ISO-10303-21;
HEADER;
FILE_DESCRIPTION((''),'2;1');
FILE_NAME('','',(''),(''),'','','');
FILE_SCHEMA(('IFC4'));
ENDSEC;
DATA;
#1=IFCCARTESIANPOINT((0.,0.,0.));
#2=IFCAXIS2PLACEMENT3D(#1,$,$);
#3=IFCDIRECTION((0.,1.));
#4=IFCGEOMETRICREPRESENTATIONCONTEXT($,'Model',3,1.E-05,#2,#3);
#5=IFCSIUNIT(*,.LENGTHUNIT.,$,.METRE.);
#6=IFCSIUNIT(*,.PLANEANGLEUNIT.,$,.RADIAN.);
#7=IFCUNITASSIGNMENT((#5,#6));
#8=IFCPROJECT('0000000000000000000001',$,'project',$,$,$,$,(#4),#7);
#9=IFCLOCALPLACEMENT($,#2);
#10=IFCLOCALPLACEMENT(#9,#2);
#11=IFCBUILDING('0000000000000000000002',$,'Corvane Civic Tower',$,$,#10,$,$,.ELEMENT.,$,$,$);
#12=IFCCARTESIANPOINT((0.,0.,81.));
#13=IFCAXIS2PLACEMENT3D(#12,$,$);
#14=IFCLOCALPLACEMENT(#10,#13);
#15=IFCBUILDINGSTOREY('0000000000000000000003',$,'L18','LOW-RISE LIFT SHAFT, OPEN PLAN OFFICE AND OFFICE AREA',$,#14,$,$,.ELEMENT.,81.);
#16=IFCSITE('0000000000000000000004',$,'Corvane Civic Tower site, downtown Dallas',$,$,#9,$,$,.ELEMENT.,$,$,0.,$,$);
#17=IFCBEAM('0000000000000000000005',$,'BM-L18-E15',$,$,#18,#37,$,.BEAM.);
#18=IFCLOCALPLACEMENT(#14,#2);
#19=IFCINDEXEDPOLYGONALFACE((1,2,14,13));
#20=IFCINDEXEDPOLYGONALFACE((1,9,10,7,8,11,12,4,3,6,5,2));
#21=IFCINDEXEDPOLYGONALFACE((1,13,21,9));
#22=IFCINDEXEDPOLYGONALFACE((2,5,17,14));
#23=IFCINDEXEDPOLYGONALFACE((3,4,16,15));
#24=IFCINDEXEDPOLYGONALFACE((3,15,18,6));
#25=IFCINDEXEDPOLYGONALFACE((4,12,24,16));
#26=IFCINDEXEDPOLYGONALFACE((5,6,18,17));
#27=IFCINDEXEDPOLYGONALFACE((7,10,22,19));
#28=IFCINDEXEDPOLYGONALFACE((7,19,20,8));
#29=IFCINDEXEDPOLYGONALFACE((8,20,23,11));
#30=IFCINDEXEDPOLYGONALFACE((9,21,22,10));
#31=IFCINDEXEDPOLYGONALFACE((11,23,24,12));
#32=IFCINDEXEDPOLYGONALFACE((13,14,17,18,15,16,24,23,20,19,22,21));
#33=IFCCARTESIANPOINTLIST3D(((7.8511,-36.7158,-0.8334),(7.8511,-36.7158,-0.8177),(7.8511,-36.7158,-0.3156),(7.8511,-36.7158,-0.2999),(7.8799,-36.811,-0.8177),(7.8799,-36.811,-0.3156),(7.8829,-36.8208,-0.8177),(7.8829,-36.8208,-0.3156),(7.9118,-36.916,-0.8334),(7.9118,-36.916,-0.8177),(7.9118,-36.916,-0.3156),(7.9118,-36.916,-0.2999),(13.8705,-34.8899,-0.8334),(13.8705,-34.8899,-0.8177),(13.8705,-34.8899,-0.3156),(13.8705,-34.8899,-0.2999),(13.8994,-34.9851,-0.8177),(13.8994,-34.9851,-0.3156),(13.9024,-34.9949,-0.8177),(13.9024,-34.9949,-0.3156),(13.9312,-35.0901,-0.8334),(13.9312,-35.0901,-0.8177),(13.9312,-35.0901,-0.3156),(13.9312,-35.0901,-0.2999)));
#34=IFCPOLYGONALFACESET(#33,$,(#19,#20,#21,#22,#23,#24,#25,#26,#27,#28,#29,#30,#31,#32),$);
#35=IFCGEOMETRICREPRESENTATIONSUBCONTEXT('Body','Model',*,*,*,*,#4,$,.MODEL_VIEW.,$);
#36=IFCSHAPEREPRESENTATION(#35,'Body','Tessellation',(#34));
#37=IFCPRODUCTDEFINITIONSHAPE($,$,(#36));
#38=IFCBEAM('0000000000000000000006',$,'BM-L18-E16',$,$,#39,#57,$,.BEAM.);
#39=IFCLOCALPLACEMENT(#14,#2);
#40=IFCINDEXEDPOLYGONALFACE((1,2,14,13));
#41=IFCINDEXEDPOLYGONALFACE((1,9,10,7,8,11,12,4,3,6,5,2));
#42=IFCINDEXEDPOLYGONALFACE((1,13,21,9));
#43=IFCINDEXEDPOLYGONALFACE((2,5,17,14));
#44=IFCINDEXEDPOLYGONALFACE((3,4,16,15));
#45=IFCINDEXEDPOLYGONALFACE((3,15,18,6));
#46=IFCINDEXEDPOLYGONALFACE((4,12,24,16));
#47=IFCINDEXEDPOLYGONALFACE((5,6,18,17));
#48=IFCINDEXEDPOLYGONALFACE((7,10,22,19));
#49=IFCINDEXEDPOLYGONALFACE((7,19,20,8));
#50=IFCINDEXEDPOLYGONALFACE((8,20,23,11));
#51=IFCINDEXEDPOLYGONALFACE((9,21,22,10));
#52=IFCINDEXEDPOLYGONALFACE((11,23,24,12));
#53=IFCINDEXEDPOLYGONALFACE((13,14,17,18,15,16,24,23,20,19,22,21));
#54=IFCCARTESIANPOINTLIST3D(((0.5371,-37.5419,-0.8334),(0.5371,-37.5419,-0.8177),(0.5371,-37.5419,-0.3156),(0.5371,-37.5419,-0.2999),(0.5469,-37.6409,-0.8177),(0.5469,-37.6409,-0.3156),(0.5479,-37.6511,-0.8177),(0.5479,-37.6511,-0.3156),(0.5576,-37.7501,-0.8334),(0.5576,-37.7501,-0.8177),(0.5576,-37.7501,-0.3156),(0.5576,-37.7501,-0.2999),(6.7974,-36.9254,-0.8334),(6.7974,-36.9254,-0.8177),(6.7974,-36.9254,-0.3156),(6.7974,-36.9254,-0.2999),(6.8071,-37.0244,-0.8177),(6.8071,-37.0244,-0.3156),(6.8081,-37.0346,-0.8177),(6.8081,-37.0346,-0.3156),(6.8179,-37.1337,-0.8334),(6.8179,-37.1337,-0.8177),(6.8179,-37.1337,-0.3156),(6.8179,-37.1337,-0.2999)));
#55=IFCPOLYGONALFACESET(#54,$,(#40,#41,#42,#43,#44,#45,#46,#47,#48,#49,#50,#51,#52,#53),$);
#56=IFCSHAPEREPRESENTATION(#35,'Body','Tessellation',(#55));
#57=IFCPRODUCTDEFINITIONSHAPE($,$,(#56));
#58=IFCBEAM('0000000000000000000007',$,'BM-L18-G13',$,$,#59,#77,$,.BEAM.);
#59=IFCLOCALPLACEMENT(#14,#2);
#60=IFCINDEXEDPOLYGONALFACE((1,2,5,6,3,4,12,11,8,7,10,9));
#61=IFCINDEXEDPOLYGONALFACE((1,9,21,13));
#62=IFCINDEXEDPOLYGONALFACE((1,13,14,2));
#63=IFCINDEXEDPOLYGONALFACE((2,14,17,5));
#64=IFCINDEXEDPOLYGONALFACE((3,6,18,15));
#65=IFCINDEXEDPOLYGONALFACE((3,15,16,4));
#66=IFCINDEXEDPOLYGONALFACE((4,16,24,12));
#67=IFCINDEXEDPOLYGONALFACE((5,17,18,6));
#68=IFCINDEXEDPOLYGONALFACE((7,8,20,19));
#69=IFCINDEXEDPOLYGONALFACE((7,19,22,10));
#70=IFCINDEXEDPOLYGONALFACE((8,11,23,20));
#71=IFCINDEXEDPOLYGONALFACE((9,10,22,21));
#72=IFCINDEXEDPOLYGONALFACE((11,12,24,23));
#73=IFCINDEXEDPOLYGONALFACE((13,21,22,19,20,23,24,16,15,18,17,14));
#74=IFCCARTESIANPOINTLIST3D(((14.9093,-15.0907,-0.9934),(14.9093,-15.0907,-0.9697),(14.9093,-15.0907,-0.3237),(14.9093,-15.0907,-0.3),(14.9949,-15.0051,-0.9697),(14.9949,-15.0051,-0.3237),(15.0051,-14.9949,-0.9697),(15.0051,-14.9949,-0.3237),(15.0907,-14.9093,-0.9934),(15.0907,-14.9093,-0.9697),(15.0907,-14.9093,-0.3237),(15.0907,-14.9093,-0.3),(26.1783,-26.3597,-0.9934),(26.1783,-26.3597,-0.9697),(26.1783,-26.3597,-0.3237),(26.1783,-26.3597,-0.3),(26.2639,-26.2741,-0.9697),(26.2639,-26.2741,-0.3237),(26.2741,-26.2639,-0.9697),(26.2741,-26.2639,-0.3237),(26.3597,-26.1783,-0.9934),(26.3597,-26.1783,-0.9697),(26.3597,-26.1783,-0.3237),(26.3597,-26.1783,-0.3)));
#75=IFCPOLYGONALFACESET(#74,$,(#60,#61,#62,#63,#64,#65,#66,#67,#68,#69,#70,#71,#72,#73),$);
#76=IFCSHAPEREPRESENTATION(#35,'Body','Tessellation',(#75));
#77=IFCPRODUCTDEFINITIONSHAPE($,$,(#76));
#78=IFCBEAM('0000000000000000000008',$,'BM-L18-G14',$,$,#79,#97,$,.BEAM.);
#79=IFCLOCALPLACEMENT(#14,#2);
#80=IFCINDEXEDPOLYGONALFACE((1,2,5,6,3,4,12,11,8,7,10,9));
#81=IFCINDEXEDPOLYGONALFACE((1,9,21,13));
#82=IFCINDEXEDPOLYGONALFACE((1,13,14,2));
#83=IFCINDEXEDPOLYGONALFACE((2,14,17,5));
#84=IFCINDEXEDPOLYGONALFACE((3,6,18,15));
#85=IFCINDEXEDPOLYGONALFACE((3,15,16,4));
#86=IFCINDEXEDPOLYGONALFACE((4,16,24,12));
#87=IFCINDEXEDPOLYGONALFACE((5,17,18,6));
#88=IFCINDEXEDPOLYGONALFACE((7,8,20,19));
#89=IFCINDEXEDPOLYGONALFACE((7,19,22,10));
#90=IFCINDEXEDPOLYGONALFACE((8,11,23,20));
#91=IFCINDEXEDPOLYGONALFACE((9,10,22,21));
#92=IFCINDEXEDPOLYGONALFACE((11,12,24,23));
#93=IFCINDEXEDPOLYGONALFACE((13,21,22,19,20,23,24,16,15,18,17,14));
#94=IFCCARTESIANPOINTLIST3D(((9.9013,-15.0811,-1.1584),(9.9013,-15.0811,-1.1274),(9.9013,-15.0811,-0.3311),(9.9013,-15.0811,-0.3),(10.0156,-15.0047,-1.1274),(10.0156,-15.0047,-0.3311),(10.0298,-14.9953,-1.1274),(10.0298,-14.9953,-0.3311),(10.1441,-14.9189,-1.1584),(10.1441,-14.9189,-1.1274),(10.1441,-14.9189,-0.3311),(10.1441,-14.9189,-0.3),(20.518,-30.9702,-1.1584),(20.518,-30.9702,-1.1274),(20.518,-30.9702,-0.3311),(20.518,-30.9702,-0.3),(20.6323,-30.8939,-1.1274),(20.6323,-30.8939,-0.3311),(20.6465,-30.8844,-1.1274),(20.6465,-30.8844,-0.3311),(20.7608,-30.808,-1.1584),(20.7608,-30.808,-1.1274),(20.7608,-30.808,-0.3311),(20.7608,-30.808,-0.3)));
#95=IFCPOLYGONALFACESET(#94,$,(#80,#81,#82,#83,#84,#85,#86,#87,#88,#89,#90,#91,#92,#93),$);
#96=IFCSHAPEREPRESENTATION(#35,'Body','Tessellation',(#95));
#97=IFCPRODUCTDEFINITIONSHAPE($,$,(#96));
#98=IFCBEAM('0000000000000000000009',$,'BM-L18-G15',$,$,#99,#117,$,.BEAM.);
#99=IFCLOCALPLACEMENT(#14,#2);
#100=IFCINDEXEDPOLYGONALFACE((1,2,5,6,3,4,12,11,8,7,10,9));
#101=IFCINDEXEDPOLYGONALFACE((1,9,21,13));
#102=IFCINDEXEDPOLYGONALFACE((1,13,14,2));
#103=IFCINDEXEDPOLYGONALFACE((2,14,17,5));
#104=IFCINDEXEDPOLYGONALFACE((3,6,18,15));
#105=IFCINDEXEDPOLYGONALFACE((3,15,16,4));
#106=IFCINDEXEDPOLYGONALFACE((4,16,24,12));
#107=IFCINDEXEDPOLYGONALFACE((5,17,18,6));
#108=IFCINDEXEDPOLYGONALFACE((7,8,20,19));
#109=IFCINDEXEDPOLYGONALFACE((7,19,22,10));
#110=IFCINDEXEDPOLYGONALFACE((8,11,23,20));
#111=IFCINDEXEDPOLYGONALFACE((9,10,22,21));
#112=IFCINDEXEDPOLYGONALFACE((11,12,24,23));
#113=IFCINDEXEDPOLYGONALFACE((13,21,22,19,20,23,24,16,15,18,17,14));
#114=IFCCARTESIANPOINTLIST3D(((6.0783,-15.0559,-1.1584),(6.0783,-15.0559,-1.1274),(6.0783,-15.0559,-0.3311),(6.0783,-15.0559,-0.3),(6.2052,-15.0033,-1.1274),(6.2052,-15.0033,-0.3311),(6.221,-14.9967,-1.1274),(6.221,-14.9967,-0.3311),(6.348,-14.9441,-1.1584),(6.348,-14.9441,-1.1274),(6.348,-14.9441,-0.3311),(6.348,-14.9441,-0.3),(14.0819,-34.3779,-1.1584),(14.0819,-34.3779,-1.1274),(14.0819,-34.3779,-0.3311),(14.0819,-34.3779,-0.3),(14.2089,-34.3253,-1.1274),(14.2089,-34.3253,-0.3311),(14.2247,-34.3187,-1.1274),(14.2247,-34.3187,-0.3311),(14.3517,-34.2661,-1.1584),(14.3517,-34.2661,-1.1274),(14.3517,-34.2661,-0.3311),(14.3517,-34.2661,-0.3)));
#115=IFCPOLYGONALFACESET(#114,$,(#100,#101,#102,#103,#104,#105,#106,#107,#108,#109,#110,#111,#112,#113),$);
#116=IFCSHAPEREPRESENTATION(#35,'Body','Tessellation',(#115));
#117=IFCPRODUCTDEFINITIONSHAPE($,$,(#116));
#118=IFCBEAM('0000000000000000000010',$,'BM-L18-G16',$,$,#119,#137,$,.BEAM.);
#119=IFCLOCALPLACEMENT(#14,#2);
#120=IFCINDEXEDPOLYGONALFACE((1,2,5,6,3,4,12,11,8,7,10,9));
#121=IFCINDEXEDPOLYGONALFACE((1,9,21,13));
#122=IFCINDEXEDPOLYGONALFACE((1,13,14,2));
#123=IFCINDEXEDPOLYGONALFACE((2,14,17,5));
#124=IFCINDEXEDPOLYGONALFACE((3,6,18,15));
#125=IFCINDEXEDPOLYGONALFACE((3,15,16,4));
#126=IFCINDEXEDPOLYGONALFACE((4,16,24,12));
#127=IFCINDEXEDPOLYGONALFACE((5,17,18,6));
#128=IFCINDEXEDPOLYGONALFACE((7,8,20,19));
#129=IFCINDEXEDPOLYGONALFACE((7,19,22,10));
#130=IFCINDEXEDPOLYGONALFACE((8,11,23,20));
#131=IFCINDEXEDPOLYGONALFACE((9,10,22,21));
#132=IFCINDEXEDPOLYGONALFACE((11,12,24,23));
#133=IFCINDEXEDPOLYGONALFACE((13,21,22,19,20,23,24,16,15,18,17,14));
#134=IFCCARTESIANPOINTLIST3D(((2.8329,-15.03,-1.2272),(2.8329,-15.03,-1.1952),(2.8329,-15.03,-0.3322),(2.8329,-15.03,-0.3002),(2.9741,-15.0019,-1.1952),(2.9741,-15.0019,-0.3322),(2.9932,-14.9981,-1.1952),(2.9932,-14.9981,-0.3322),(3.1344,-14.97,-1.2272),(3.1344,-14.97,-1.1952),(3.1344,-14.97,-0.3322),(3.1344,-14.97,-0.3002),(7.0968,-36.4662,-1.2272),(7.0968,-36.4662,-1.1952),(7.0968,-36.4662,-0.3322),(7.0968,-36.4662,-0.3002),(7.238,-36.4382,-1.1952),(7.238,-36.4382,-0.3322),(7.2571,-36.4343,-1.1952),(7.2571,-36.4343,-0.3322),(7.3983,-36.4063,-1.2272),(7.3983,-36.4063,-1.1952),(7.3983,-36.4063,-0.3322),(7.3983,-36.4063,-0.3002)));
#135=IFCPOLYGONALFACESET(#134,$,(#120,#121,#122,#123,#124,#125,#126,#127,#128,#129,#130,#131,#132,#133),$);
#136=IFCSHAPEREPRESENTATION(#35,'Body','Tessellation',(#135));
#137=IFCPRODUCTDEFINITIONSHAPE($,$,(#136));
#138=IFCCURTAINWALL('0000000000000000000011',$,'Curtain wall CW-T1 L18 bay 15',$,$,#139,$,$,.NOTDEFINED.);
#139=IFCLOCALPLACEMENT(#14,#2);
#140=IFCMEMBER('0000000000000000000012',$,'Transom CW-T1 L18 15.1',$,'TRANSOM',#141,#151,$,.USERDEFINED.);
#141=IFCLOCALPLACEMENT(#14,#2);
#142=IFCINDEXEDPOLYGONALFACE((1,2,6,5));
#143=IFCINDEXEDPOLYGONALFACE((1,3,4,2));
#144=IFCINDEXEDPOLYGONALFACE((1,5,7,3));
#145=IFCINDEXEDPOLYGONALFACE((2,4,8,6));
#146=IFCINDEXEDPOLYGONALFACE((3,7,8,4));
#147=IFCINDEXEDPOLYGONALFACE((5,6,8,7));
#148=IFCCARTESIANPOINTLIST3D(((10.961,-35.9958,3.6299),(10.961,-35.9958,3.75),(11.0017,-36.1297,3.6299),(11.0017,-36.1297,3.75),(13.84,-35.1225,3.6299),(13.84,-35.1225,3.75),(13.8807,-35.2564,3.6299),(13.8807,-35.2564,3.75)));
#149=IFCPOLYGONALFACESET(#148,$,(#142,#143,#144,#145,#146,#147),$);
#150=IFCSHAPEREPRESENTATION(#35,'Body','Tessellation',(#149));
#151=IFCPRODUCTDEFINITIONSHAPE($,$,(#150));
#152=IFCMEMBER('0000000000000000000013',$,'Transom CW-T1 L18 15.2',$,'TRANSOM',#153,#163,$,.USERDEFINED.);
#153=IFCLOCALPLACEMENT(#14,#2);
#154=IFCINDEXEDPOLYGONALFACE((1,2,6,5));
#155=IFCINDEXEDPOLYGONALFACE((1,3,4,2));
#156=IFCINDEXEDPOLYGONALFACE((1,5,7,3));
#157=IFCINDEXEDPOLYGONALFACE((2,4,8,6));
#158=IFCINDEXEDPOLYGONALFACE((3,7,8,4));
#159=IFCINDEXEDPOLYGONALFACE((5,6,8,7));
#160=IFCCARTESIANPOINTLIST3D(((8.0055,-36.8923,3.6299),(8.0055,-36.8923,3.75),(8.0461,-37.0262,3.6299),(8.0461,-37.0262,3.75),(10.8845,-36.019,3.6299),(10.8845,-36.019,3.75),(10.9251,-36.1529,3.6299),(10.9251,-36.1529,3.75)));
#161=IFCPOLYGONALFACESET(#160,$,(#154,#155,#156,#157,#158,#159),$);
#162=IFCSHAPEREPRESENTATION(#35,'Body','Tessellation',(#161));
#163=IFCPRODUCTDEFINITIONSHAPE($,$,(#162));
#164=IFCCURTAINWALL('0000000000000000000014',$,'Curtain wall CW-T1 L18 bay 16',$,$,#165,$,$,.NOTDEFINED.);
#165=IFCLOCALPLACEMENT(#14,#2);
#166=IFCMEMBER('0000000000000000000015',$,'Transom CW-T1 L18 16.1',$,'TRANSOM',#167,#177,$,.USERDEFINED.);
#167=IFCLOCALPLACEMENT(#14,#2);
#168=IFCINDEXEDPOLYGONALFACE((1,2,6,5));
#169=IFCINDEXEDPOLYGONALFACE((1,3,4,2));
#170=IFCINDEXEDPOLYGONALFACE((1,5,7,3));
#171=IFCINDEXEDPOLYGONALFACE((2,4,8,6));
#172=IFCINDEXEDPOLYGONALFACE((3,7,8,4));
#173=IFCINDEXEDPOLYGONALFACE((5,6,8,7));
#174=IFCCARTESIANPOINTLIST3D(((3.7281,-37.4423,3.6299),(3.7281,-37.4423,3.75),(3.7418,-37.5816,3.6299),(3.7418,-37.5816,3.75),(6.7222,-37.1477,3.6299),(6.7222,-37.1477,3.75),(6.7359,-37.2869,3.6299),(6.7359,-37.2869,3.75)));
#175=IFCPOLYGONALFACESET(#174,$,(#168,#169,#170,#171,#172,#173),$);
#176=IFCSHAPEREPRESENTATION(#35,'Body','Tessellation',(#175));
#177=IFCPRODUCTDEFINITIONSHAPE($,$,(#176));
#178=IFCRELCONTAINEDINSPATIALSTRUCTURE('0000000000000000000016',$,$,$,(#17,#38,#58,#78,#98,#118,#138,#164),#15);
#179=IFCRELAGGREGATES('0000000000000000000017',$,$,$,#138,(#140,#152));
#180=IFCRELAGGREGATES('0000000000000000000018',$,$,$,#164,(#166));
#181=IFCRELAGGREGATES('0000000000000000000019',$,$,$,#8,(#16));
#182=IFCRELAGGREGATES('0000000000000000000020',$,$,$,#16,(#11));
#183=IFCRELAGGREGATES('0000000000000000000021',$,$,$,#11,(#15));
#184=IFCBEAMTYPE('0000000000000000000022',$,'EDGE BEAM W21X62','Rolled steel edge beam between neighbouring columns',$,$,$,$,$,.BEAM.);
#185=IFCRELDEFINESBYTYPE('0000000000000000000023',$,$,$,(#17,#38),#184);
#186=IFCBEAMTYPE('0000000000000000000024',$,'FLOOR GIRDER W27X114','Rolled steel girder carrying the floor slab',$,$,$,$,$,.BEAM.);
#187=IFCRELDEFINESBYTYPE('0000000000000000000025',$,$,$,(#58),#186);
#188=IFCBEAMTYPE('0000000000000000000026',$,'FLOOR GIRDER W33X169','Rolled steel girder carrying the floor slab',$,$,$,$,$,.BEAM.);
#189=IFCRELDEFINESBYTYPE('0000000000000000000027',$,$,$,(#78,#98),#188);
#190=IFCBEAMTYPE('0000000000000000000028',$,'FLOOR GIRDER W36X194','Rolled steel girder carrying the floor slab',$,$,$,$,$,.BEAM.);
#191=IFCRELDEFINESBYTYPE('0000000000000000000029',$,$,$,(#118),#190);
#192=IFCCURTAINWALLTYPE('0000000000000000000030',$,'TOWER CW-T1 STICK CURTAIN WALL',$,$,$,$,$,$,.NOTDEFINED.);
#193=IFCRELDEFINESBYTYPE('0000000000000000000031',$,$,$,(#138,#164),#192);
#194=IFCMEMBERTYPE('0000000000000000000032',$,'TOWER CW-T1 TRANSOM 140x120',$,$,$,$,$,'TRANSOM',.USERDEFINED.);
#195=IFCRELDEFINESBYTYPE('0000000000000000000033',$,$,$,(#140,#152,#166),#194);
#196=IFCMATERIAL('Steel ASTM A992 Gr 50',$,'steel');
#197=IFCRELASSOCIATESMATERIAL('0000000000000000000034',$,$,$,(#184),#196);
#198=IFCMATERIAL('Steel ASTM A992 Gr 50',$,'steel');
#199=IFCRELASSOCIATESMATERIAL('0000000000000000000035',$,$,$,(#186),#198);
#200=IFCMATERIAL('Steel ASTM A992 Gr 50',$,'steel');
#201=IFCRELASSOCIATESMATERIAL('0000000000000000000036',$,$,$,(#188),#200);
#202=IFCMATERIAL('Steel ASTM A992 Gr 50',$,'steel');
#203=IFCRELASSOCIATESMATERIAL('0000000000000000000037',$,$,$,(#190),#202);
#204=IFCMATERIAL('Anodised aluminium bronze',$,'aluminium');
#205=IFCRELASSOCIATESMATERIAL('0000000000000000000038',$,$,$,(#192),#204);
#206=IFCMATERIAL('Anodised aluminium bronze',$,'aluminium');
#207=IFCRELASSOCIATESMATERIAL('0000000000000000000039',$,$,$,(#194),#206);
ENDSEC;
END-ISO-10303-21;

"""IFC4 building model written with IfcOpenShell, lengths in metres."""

from ifc_helpers import new_model, si_unit, direction, frame, origin, origin_2d, place, context, subcontext, project, spatial, rectangle, i_section, extrude, material, material_profile, profile_set, type_object, element, aggregate, save


model = new_model("IFC4")

# Units and contexts
model_context = context("Model", 3, precision=1e-05, world=origin(), true_north=direction((0.0, 1.0)))
body_context = subcontext(model_context, "Body", "Model", "MODEL_VIEW")
ifc_project = project(units=[si_unit("LENGTHUNIT", "METRE"), si_unit("PLANEANGLEUNIT", "RADIAN")], contexts=[model_context])

# Site, building, storey
site_placement = place(None, origin())
site = spatial("IfcSite", under=ifc_project, at=site_placement, Name="Corvane Civic Tower site, downtown Dallas", CompositionType="ELEMENT", RefElevation=0.0)
building_placement = place(site_placement, origin())
building = spatial("IfcBuilding", under=site, at=building_placement, Name="Corvane Civic Tower", CompositionType="ELEMENT")
storey_placement = place(building_placement, frame((0.0, 0.0, 81.0)))
storey = spatial("IfcBuildingStorey", under=building, at=storey_placement, Name="L18", Description="LOW-RISE LIFT SHAFT, OPEN PLAN OFFICE AND OFFICE AREA", CompositionType="ELEMENT", Elevation=81.0)

# Beams
ifc_material_1 = material(Name="Steel ASTM A992 Gr 50", Category="steel")
ifc_material_profile_1 = material_profile(ifc_material_1, i_section(OverallWidth=0.2092, OverallDepth=0.5334, WebThickness=0.0103, FlangeThickness=0.0156, at=origin_2d()), Name="W21X62")
ifc_profile_set_1 = profile_set([ifc_material_profile_1], Name="Steel ASTM A992 Gr 50")
beam_type_1 = type_object("IfcBeamType", Name="EDGE BEAM W21X62", Description="Rolled steel edge beam between neighbouring columns", PredefinedType="BEAM", material=ifc_profile_set_1)
beam_1_placement = place(storey_placement, frame((13.9009, -34.99, -0.5667), z_axis=(-0.956944, -0.290273, 0.0), x_axis=(0.290273, -0.956944, 0.0)))
element("IfcBeam", 1, at=beam_1_placement, inside=storey, type_object=beam_type_1, Name="BM-L18-E15", PredefinedType="BEAM", context=body_context, shape_type="SweptSolid", body=[
    extrude(i_section(OverallWidth=0.2092, OverallDepth=0.5334, WebThickness=0.0103, FlangeThickness=0.0156, at=origin_2d()), origin(), (0.0, 0.0, 1.0), 6.2903),
])
beam_2_placement = place(storey_placement, frame((6.8076, -37.0295, -0.5667), z_axis=(-0.995187, -0.097997, 0.0), x_axis=(0.097997, -0.995187, 0.0)))
element("IfcBeam", 2, at=beam_2_placement, inside=storey, type_object=beam_type_1, Name="BM-L18-E16", PredefinedType="BEAM", context=body_context, shape_type="SweptSolid", body=[
    extrude(i_section(OverallWidth=0.2092, OverallDepth=0.5334, WebThickness=0.0103, FlangeThickness=0.0156, at=origin_2d()), origin(), (0.0, 0.0, 1.0), 6.2905),
])
ifc_material_2 = material(Name="Steel ASTM A992 Gr 50", Category="steel")
ifc_material_profile_2 = material_profile(ifc_material_2, i_section(OverallWidth=0.2566, OverallDepth=0.6934, WebThickness=0.0144, FlangeThickness=0.0237, at=origin_2d()), Name="W27X114")
ifc_profile_set_2 = profile_set([ifc_material_profile_2], Name="Steel ASTM A992 Gr 50")
beam_type_2 = type_object("IfcBeamType", Name="FLOOR GIRDER W27X114", Description="Rolled steel girder carrying the floor slab", PredefinedType="BEAM", material=ifc_profile_set_2)
beam_3_placement = place(storey_placement, frame((15.0, -15.0, -0.6467), z_axis=(0.707107, -0.707107, 0.0), x_axis=(0.707107, 0.707107, 0.0)))
element("IfcBeam", 3, at=beam_3_placement, inside=storey, type_object=beam_type_2, Name="BM-L18-G13", PredefinedType="BEAM", context=body_context, shape_type="SweptSolid", body=[
    extrude(i_section(OverallWidth=0.2566, OverallDepth=0.6934, WebThickness=0.0144, FlangeThickness=0.0237, at=origin_2d()), origin(), (0.0, 0.0, 1.0), 15.9368),
])
ifc_material_3 = material(Name="Steel ASTM A992 Gr 50", Category="steel")
ifc_material_profile_3 = material_profile(ifc_material_3, i_section(OverallWidth=0.292, OverallDepth=0.8584, WebThickness=0.0171, FlangeThickness=0.031, at=origin_2d()), Name="W33X169")
ifc_profile_set_3 = profile_set([ifc_material_profile_3], Name="Steel ASTM A992 Gr 50")
beam_type_3 = type_object("IfcBeamType", Name="FLOOR GIRDER W33X169", Description="Rolled steel girder carrying the floor slab", PredefinedType="BEAM", material=ifc_profile_set_3)
beam_4_placement = place(storey_placement, frame((10.0227, -15.0, -0.7292), z_axis=(0.555567, -0.831472, 0.0), x_axis=(0.831472, 0.555567, 0.0)))
element("IfcBeam", 4, at=beam_4_placement, inside=storey, type_object=beam_type_3, Name="BM-L18-G14", PredefinedType="BEAM", context=body_context, shape_type="SweptSolid", body=[
    extrude(i_section(OverallWidth=0.292, OverallDepth=0.8584, WebThickness=0.0171, FlangeThickness=0.031, at=origin_2d()), origin(), (0.0, 0.0, 1.0), 19.1096),
])
beam_5_placement = place(storey_placement, frame((6.2131, -15.0, -0.7292), z_axis=(0.382692, -0.923876, 0.0), x_axis=(0.923876, 0.382692, 0.0)))
element("IfcBeam", 5, at=beam_5_placement, inside=storey, type_object=beam_type_3, Name="BM-L18-G15", PredefinedType="BEAM", context=body_context, shape_type="SweptSolid", body=[
    extrude(i_section(OverallWidth=0.292, OverallDepth=0.8584, WebThickness=0.0171, FlangeThickness=0.031, at=origin_2d()), origin(), (0.0, 0.0, 1.0), 20.9141),
])
ifc_material_4 = material(Name="Steel ASTM A992 Gr 50", Category="steel")
ifc_material_profile_4 = material_profile(ifc_material_4, i_section(OverallWidth=0.3074, OverallDepth=0.927, WebThickness=0.0195, FlangeThickness=0.032, at=origin_2d()), Name="W36X194")
ifc_profile_set_4 = profile_set([ifc_material_profile_4], Name="Steel ASTM A992 Gr 50")
beam_type_4 = type_object("IfcBeamType", Name="FLOOR GIRDER W36X194", Description="Rolled steel girder carrying the floor slab", PredefinedType="BEAM", material=ifc_profile_set_4)
beam_6_placement = place(storey_placement, frame((2.9836, -15.0, -0.7637), z_axis=(0.195089, -0.980785, 0.0), x_axis=(0.980785, 0.195089, 0.0)))
element("IfcBeam", 6, at=beam_6_placement, inside=storey, type_object=beam_type_4, Name="BM-L18-G16", PredefinedType="BEAM", context=body_context, shape_type="SweptSolid", body=[
    extrude(i_section(OverallWidth=0.3074, OverallDepth=0.927, WebThickness=0.0195, FlangeThickness=0.032, at=origin_2d()), origin(), (0.0, 0.0, 1.0), 21.8562),
])

# Curtain walls, members
ifc_material_5 = material(Name="Anodised aluminium bronze", Category="aluminium")
curtain_wall_type = type_object("IfcCurtainWallType", Name="TOWER CW-T1 STICK CURTAIN WALL", PredefinedType="NOTDEFINED", material=ifc_material_5)
curtain_wall_1_placement = place(storey_placement, origin())
curtain_wall_1 = element("IfcCurtainWall", 7, at=curtain_wall_1_placement, inside=storey, type_object=curtain_wall_type, Name="Curtain wall CW-T1 L18 bay 15", PredefinedType="NOTDEFINED")
ifc_material_6 = material(Name="Anodised aluminium bronze", Category="aluminium")
ifc_material_profile_5 = material_profile(ifc_material_6, rectangle(XDim=0.1399, YDim=0.1201, at=origin_2d()), Name="TOWER CW-T1 TRANSOM 140x120")
ifc_profile_set_5 = profile_set([ifc_material_profile_5], Name="Anodised aluminium bronze")
member_type_1 = type_object("IfcMemberType", Name="TOWER CW-T1 TRANSOM 140x120", ElementType="TRANSOM", PredefinedType="USERDEFINED", material=ifc_profile_set_5)
member_1_placement = place(storey_placement, frame((13.8604, -35.1895, 3.6899), z_axis=(-0.956942, -0.29028, 0.0), x_axis=(0.29028, -0.956942, 0.0)))
member_1 = element("IfcMember", 8, at=member_1_placement, type_object=member_type_1, Name="Transom CW-T1 L18 15.1", ObjectType="TRANSOM", PredefinedType="USERDEFINED", context=body_context, shape_type="SweptSolid", body=[
    extrude(rectangle(XDim=0.1399, YDim=0.1201, at=origin_2d()), origin(), (0.0, 0.0, 1.0), 3.0085),
])
member_2_placement = place(storey_placement, frame((10.9048, -36.0859, 3.6899), z_axis=(-0.956942, -0.29028, 0.0), x_axis=(0.29028, -0.956942, 0.0)))
member_2 = element("IfcMember", 9, at=member_2_placement, type_object=member_type_1, Name="Transom CW-T1 L18 15.2", ObjectType="TRANSOM", PredefinedType="USERDEFINED", context=body_context, shape_type="SweptSolid", body=[
    extrude(rectangle(XDim=0.1399, YDim=0.1201, at=origin_2d()), origin(), (0.0, 0.0, 1.0), 3.0085),
])
curtain_wall_2_placement = place(storey_placement, origin())
curtain_wall_2 = element("IfcCurtainWall", 10, at=curtain_wall_2_placement, inside=storey, type_object=curtain_wall_type, Name="Curtain wall CW-T1 L18 bay 16", PredefinedType="NOTDEFINED")
member_3_placement = place(storey_placement, frame((6.729, -37.2173, 3.6899), z_axis=(-0.995192, -0.097945, 0.0), x_axis=(0.097945, -0.995192, 0.0)))
member_3 = element("IfcMember", 11, at=member_3_placement, type_object=member_type_1, Name="Transom CW-T1 L18 16.1", ObjectType="TRANSOM", PredefinedType="USERDEFINED", context=body_context, shape_type="SweptSolid", body=[
    extrude(rectangle(XDim=0.1399, YDim=0.1201, at=origin_2d()), origin(), (0.0, 0.0, 1.0), 3.0085),
])

aggregate(curtain_wall_1, [member_1, member_2])
aggregate(curtain_wall_2, [member_3])

save(model, "model.ifc")
